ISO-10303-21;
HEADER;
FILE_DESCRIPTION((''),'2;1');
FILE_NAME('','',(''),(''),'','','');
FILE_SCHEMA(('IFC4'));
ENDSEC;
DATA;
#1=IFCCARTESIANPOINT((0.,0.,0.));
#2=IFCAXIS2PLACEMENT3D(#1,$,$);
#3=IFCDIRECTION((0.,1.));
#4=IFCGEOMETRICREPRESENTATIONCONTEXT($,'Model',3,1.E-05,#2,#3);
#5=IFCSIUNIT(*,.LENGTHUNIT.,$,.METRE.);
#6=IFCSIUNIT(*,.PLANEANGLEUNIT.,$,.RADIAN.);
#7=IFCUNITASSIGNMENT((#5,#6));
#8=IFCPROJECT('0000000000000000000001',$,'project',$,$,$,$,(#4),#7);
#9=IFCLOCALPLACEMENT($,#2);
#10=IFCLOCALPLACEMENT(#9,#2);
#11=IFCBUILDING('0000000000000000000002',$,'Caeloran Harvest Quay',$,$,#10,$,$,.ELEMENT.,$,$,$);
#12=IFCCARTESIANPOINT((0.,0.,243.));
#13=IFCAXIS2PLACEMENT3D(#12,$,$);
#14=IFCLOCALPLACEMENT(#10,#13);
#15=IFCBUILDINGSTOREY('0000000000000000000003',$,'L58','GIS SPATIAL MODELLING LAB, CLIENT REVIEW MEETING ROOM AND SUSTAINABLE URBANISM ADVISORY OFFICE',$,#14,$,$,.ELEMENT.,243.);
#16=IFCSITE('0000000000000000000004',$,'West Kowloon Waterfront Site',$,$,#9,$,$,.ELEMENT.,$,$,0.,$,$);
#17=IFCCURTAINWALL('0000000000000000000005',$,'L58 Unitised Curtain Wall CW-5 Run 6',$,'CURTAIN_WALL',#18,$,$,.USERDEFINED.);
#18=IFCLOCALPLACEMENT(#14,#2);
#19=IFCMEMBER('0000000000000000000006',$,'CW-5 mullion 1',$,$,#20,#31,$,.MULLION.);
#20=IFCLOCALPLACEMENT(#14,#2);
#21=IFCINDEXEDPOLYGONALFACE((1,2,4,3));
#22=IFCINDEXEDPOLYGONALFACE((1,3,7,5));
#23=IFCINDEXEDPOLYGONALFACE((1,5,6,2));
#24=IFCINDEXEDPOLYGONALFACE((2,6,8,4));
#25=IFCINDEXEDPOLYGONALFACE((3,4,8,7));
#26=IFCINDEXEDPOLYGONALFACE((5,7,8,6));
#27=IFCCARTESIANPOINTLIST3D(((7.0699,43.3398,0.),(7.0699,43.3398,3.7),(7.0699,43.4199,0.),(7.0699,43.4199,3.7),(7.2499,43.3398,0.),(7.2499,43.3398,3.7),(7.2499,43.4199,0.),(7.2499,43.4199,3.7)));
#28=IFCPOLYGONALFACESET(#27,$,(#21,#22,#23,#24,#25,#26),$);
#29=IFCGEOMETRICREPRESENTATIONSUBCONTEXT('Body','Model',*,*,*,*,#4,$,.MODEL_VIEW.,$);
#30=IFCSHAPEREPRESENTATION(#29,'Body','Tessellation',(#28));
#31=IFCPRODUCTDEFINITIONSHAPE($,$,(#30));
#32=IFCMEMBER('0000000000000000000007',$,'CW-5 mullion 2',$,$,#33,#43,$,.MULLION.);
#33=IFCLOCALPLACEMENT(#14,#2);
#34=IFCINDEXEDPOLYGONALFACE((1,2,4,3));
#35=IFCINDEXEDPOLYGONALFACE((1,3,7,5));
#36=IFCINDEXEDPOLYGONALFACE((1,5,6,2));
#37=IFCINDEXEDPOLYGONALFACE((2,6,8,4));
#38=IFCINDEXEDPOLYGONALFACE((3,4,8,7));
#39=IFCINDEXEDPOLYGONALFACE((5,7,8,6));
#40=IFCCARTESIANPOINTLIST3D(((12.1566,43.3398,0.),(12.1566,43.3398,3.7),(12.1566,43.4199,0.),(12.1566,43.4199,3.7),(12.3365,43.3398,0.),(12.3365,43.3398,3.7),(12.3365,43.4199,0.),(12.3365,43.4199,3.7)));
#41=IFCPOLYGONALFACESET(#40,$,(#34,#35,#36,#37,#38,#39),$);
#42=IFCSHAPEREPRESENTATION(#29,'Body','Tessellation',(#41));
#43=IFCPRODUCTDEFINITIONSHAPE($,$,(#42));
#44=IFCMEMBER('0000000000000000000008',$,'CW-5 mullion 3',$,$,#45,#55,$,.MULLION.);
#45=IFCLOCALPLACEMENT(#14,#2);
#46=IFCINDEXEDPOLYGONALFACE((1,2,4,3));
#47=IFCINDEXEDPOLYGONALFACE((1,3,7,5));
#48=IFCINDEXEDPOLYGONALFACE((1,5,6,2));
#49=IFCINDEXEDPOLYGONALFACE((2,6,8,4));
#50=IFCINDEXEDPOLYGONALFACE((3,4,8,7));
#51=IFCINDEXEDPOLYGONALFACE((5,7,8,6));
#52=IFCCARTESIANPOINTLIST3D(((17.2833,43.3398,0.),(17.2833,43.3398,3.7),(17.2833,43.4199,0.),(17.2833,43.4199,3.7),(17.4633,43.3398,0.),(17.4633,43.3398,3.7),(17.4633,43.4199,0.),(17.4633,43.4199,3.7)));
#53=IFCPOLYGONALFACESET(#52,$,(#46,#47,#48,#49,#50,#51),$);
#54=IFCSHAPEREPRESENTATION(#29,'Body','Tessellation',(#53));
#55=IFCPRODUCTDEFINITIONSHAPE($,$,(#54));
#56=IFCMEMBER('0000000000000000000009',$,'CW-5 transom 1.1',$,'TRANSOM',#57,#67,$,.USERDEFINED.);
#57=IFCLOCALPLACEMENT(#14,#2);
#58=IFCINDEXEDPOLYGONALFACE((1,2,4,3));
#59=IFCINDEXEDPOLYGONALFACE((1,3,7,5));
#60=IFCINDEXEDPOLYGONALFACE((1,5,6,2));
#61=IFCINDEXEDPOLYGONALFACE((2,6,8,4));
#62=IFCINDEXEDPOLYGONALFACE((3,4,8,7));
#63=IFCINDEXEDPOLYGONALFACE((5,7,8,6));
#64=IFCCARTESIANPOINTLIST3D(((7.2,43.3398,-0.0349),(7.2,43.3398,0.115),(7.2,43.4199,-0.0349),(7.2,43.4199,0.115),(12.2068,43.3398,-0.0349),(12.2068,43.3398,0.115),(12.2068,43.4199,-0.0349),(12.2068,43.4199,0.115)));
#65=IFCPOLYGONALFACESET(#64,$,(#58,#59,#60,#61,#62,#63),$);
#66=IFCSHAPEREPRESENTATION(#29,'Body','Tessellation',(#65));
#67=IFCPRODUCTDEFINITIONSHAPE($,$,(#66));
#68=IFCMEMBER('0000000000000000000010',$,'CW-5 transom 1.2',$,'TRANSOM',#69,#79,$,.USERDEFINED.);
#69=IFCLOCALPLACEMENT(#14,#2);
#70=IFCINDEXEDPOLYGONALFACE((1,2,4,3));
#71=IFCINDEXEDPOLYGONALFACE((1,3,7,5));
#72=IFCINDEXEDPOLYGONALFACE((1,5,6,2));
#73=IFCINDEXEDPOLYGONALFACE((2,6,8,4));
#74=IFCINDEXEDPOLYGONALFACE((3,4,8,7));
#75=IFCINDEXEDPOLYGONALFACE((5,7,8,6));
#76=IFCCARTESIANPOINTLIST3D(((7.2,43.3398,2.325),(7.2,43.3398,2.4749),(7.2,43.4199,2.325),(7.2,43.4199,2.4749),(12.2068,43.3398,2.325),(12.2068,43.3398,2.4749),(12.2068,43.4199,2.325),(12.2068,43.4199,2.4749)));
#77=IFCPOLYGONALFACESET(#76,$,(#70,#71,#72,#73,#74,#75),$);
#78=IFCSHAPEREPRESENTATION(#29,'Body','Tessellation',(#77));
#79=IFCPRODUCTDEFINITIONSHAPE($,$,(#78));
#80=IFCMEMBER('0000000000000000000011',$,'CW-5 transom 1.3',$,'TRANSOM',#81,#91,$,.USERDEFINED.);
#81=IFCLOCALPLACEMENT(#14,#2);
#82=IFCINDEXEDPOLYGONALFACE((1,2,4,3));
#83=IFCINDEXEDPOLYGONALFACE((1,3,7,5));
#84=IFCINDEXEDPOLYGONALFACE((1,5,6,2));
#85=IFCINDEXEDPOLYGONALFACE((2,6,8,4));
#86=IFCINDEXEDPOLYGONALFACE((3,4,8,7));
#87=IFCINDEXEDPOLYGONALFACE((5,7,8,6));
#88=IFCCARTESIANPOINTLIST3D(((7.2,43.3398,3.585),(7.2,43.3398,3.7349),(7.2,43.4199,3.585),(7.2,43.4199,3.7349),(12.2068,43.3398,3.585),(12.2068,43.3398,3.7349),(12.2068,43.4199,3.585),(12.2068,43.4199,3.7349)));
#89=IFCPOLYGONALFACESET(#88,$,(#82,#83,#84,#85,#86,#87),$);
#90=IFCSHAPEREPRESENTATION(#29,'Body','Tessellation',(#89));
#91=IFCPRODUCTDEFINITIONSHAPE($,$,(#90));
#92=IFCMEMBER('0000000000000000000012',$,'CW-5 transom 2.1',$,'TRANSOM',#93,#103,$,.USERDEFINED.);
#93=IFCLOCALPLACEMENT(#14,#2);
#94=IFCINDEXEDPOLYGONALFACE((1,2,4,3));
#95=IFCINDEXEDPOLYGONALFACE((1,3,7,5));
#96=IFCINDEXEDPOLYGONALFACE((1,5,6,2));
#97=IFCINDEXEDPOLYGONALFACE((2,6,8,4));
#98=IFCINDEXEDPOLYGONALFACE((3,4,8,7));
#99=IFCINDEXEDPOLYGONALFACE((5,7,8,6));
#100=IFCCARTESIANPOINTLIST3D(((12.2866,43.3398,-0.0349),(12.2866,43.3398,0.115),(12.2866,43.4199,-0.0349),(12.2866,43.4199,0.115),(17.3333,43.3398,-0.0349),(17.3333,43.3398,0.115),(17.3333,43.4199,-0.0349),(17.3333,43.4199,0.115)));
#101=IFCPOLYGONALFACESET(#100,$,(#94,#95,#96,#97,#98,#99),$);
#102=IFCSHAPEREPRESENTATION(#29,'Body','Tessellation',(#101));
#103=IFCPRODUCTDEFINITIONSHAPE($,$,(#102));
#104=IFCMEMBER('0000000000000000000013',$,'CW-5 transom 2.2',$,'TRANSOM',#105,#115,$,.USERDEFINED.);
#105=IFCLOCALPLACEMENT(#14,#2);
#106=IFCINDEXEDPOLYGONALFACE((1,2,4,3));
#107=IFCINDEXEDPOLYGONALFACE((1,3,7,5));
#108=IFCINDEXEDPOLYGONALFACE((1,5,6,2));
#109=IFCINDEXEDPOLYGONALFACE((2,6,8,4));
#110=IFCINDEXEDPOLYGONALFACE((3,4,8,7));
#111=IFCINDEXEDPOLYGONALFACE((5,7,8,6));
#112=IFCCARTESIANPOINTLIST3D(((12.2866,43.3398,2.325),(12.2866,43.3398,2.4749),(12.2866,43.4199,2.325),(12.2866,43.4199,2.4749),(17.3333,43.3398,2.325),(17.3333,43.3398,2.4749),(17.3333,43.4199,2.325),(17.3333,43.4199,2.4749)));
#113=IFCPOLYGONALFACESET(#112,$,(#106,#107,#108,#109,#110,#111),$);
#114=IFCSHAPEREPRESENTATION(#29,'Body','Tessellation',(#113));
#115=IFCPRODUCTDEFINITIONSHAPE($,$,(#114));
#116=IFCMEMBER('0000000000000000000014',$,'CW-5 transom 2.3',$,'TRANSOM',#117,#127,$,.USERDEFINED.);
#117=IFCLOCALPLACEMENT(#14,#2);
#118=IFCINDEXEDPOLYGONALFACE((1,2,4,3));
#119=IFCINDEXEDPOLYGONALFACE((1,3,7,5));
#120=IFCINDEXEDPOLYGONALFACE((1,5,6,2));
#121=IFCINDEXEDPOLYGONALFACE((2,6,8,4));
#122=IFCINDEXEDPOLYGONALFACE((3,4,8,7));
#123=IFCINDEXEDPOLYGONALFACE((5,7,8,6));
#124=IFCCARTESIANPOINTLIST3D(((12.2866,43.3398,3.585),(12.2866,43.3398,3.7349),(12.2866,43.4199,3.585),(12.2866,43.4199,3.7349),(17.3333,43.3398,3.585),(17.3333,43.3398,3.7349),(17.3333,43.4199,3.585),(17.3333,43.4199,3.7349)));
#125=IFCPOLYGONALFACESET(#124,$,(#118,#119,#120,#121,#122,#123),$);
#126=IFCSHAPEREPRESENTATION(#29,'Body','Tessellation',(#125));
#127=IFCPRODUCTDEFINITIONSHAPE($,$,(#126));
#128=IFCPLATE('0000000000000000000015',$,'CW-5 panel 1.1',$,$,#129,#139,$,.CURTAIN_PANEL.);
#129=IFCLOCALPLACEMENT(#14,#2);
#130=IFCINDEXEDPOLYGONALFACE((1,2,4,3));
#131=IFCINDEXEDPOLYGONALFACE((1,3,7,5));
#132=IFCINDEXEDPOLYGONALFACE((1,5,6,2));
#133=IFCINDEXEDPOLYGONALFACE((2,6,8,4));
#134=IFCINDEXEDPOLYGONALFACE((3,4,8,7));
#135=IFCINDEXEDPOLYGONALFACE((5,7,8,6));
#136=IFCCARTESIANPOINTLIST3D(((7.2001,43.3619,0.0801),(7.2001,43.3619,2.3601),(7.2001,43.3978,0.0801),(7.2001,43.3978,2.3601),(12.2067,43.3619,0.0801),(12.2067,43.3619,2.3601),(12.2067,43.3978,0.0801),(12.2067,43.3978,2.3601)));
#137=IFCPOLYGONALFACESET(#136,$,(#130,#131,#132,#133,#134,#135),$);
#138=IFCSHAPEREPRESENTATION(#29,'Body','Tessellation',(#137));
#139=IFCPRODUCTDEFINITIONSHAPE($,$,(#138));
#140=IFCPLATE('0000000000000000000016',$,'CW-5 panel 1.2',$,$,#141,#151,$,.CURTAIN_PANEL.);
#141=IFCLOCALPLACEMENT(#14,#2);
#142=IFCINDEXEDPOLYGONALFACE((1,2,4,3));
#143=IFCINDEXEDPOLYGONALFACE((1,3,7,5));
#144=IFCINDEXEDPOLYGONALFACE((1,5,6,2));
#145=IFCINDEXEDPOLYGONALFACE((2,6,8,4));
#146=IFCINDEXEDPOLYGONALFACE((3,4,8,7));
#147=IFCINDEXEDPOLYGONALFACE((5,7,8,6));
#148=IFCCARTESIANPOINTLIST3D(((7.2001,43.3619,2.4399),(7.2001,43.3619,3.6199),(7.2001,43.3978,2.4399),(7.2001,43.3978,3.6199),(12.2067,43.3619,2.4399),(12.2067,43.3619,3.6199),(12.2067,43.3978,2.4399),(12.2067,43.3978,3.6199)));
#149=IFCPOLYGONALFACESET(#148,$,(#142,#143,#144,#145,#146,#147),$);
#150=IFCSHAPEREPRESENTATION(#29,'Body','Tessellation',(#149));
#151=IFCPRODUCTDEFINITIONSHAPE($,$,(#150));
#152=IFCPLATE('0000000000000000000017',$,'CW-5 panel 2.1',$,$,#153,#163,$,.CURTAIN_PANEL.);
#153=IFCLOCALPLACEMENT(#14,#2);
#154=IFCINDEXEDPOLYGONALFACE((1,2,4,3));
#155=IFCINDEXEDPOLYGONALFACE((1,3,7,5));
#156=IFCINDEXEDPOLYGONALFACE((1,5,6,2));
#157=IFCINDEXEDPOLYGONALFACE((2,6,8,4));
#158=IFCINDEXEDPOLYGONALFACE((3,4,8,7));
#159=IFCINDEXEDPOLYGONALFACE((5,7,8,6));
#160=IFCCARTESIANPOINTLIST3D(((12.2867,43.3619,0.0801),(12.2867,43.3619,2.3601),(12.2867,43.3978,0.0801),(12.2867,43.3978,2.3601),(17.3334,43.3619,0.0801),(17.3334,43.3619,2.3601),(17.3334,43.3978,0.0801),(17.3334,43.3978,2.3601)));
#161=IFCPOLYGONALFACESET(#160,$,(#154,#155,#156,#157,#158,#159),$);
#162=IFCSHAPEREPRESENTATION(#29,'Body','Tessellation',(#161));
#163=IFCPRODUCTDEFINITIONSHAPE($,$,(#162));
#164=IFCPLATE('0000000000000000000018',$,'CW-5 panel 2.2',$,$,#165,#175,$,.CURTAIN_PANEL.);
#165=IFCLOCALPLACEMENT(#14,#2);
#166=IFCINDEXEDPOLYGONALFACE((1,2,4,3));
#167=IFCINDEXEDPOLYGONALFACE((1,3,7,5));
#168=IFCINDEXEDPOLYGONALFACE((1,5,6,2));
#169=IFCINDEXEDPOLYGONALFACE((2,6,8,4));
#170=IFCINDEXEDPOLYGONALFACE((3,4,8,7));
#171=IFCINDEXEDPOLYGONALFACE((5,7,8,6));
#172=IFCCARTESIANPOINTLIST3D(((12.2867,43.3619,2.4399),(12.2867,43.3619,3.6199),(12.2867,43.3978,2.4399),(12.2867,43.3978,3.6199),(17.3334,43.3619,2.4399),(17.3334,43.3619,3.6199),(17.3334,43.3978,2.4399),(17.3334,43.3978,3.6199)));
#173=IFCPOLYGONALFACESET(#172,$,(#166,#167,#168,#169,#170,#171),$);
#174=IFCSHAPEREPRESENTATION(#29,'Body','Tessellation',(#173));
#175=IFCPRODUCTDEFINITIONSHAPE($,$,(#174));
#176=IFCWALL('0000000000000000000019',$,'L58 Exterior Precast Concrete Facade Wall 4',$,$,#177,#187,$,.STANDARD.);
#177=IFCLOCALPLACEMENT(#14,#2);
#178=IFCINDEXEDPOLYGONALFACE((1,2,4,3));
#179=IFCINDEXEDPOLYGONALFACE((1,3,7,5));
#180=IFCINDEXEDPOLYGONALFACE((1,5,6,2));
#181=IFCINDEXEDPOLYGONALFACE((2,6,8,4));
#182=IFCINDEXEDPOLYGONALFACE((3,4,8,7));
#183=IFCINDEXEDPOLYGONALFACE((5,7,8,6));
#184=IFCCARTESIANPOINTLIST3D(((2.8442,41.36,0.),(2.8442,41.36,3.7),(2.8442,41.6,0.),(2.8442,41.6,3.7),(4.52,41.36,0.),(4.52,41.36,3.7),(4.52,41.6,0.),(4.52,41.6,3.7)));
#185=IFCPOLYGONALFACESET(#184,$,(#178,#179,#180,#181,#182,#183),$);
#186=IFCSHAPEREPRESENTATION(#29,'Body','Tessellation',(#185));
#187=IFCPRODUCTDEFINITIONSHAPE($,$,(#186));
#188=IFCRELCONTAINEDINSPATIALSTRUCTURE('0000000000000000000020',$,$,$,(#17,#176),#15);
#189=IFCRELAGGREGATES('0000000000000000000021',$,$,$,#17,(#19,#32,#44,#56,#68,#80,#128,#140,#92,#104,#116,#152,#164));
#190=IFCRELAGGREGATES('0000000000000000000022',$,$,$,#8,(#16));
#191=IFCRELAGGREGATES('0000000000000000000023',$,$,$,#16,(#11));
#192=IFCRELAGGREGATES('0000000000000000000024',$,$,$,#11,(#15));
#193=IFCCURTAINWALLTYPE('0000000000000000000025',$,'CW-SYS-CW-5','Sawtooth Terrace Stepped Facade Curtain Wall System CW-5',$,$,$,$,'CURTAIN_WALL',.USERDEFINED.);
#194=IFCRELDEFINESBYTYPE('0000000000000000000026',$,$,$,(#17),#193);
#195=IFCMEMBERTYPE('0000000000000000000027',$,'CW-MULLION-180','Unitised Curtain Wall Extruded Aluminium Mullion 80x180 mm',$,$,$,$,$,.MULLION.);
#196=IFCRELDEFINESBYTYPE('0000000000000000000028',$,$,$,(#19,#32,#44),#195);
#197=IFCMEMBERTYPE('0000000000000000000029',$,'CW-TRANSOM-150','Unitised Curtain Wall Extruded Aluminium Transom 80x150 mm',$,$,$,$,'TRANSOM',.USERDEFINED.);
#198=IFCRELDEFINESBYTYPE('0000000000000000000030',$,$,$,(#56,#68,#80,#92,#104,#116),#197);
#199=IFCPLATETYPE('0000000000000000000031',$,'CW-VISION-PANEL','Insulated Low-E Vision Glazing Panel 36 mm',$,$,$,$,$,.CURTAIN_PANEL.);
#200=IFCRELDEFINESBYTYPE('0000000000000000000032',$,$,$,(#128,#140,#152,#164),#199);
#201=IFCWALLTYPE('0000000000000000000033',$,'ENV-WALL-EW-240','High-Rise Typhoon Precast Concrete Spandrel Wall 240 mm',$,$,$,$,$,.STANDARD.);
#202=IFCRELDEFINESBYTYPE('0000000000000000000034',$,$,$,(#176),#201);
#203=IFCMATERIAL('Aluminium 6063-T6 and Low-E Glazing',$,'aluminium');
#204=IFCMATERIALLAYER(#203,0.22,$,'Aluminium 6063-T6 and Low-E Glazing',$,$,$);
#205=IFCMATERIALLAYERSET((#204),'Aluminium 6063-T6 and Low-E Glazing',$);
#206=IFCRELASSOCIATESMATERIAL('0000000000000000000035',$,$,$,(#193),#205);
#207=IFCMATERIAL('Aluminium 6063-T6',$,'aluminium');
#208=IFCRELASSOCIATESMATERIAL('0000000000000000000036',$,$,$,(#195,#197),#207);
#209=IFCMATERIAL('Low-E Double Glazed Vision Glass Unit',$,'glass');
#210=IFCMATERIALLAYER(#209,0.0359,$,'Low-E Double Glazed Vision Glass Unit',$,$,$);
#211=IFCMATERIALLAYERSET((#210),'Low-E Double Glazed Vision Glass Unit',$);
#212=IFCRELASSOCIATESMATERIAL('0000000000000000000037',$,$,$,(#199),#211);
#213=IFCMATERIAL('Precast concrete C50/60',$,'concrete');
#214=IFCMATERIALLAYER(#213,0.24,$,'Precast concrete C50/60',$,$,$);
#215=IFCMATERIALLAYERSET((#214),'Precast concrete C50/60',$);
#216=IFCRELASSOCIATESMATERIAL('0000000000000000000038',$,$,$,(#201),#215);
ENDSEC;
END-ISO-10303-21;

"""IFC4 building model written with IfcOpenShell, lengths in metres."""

from ifc_helpers import new_model, si_unit, direction, frame, frame_2d, origin, origin_2d, place, context, subcontext, project, spatial, rectangle, extrude, material, layer, layer_set, material_profile, profile_set, type_object, element, aggregate, save


model = new_model("IFC4")

# Units and contexts
model_context = context("Model", 3, precision=1e-05, world=origin(), true_north=direction((0.0, 1.0)))
body_context = subcontext(model_context, "Body", "Model", "MODEL_VIEW")
ifc_project = project(units=[si_unit("LENGTHUNIT", "METRE"), si_unit("PLANEANGLEUNIT", "RADIAN")], contexts=[model_context])

# Site, building, storey
site_placement = place(None, origin())
site = spatial("IfcSite", under=ifc_project, at=site_placement, Name="West Kowloon Waterfront Site", CompositionType="ELEMENT", RefElevation=0.0)
building_placement = place(site_placement, origin())
building = spatial("IfcBuilding", under=site, at=building_placement, Name="Caeloran Harvest Quay", CompositionType="ELEMENT")
storey_placement = place(building_placement, frame((0.0, 0.0, 243.0)))
storey = spatial("IfcBuildingStorey", under=building, at=storey_placement, Name="L58", Description="GIS SPATIAL MODELLING LAB, CLIENT REVIEW MEETING ROOM AND SUSTAINABLE URBANISM ADVISORY OFFICE", CompositionType="ELEMENT", Elevation=243.0)

# Curtain wall, members, plates
ifc_material_1 = material(Name="Aluminium 6063-T6 and Low-E Glazing", Category="aluminium")
ifc_layer_1 = layer(ifc_material_1, 0.22, Name="Aluminium 6063-T6 and Low-E Glazing")
ifc_layer_set_1 = layer_set([ifc_layer_1], Name="Aluminium 6063-T6 and Low-E Glazing")
curtain_wall_type = type_object("IfcCurtainWallType", Name="CW-SYS-CW-5", Description="Sawtooth Terrace Stepped Facade Curtain Wall System CW-5", ElementType="CURTAIN_WALL", PredefinedType="USERDEFINED", material=ifc_layer_set_1)
curtain_wall_placement = place(storey_placement, origin())
curtain_wall = element("IfcCurtainWall", 1, at=curtain_wall_placement, inside=storey, type_object=curtain_wall_type, Name="L58 Unitised Curtain Wall CW-5 Run 6", ObjectType="CURTAIN_WALL", PredefinedType="USERDEFINED")
ifc_material_2 = material(Name="Aluminium 6063-T6", Category="aluminium")
ifc_material_profile_1 = material_profile(ifc_material_2, rectangle(XDim=0.0801, YDim=0.1799, at=origin_2d()), Name="CW-MULLION-180")
ifc_profile_set_1 = profile_set([ifc_material_profile_1], Name="Aluminium 6063-T6")
member_type_1 = type_object("IfcMemberType", Name="CW-MULLION-180", Description="Unitised Curtain Wall Extruded Aluminium Mullion 80x180 mm", PredefinedType="MULLION", material=ifc_profile_set_1)
member_1_placement = place(storey_placement, frame((7.1599, 43.3799, 0.0), z_axis=(0.0, 0.0, 1.0), x_axis=(0.0, 1.0, 0.0)))
member_1 = element("IfcMember", 2, at=member_1_placement, type_object=member_type_1, Name="CW-5 mullion 1", PredefinedType="MULLION", context=body_context, shape_type="SweptSolid", body=[
    extrude(rectangle(XDim=0.0801, YDim=0.1799, at=origin_2d()), origin(), (0.0, 0.0, 1.0), 3.7),
])
member_2_placement = place(storey_placement, frame((12.2466, 43.3799, 0.0), z_axis=(0.0, 0.0, 1.0), x_axis=(0.0, 1.0, 0.0)))
member_2 = element("IfcMember", 3, at=member_2_placement, type_object=member_type_1, Name="CW-5 mullion 2", PredefinedType="MULLION", context=body_context, shape_type="SweptSolid", body=[
    extrude(rectangle(XDim=0.0801, YDim=0.1799, at=origin_2d()), origin(), (0.0, 0.0, 1.0), 3.7),
])
member_3_placement = place(storey_placement, frame((17.3733, 43.3799, 0.0), z_axis=(0.0, 0.0, 1.0), x_axis=(0.0, 1.0, 0.0)))
member_3 = element("IfcMember", 4, at=member_3_placement, type_object=member_type_1, Name="CW-5 mullion 3", PredefinedType="MULLION", context=body_context, shape_type="SweptSolid", body=[
    extrude(rectangle(XDim=0.0801, YDim=0.1799, at=origin_2d()), origin(), (0.0, 0.0, 1.0), 3.7),
])
ifc_material_profile_2 = material_profile(ifc_material_2, rectangle(XDim=0.0801, YDim=0.1499, at=origin_2d()), Name="CW-TRANSOM-150")
ifc_profile_set_2 = profile_set([ifc_material_profile_2], Name="Aluminium 6063-T6")
member_type_2 = type_object("IfcMemberType", Name="CW-TRANSOM-150", Description="Unitised Curtain Wall Extruded Aluminium Transom 80x150 mm", ElementType="TRANSOM", PredefinedType="USERDEFINED", material=ifc_profile_set_2)
member_4_placement = place(storey_placement, frame((7.2, 43.3799, 0.04), z_axis=(1.0, 0.0, 0.0), x_axis=(0.0, 1.0, 0.0)))
member_4 = element("IfcMember", 5, at=member_4_placement, type_object=member_type_2, Name="CW-5 transom 1.1", ObjectType="TRANSOM", PredefinedType="USERDEFINED", context=body_context, shape_type="SweptSolid", body=[
    extrude(rectangle(XDim=0.0801, YDim=0.1499, at=origin_2d()), origin(), (0.0, 0.0, 1.0), 5.0068),
])
member_5_placement = place(storey_placement, frame((7.2, 43.3799, 2.3999), z_axis=(1.0, 0.0, 0.0), x_axis=(0.0, 1.0, 0.0)))
member_5 = element("IfcMember", 6, at=member_5_placement, type_object=member_type_2, Name="CW-5 transom 1.2", ObjectType="TRANSOM", PredefinedType="USERDEFINED", context=body_context, shape_type="SweptSolid", body=[
    extrude(rectangle(XDim=0.0801, YDim=0.1499, at=origin_2d()), origin(), (0.0, 0.0, 1.0), 5.0068),
])
member_6_placement = place(storey_placement, frame((7.2, 43.3799, 3.6599), z_axis=(1.0, 0.0, 0.0), x_axis=(0.0, 1.0, 0.0)))
member_6 = element("IfcMember", 7, at=member_6_placement, type_object=member_type_2, Name="CW-5 transom 1.3", ObjectType="TRANSOM", PredefinedType="USERDEFINED", context=body_context, shape_type="SweptSolid", body=[
    extrude(rectangle(XDim=0.0801, YDim=0.1499, at=origin_2d()), origin(), (0.0, 0.0, 1.0), 5.0068),
])
member_7_placement = place(storey_placement, frame((12.2866, 43.3799, 0.04), z_axis=(1.0, 0.0, 0.0), x_axis=(0.0, 1.0, 0.0)))
member_7 = element("IfcMember", 8, at=member_7_placement, type_object=member_type_2, Name="CW-5 transom 2.1", ObjectType="TRANSOM", PredefinedType="USERDEFINED", context=body_context, shape_type="SweptSolid", body=[
    extrude(rectangle(XDim=0.0801, YDim=0.1499, at=origin_2d()), origin(), (0.0, 0.0, 1.0), 5.0466),
])
member_8_placement = place(storey_placement, frame((12.2866, 43.3799, 2.3999), z_axis=(1.0, 0.0, 0.0), x_axis=(0.0, 1.0, 0.0)))
member_8 = element("IfcMember", 9, at=member_8_placement, type_object=member_type_2, Name="CW-5 transom 2.2", ObjectType="TRANSOM", PredefinedType="USERDEFINED", context=body_context, shape_type="SweptSolid", body=[
    extrude(rectangle(XDim=0.0801, YDim=0.1499, at=origin_2d()), origin(), (0.0, 0.0, 1.0), 5.0466),
])
member_9_placement = place(storey_placement, frame((12.2866, 43.3799, 3.6599), z_axis=(1.0, 0.0, 0.0), x_axis=(0.0, 1.0, 0.0)))
member_9 = element("IfcMember", 10, at=member_9_placement, type_object=member_type_2, Name="CW-5 transom 2.3", ObjectType="TRANSOM", PredefinedType="USERDEFINED", context=body_context, shape_type="SweptSolid", body=[
    extrude(rectangle(XDim=0.0801, YDim=0.1499, at=origin_2d()), origin(), (0.0, 0.0, 1.0), 5.0466),
])
ifc_material_3 = material(Name="Low-E Double Glazed Vision Glass Unit", Category="glass")
ifc_layer_2 = layer(ifc_material_3, 0.0359, Name="Low-E Double Glazed Vision Glass Unit")
ifc_layer_set_2 = layer_set([ifc_layer_2], Name="Low-E Double Glazed Vision Glass Unit")
plate_type = type_object("IfcPlateType", Name="CW-VISION-PANEL", Description="Insulated Low-E Vision Glazing Panel 36 mm", PredefinedType="CURTAIN_PANEL", material=ifc_layer_set_2)
plate_1_placement = place(storey_placement, frame((9.7034, 43.3799, 0.0801), z_axis=(0.0, 0.0, 1.0), x_axis=(1.0, 0.0, 0.0)))
plate_1 = element("IfcPlate", 11, at=plate_1_placement, type_object=plate_type, Name="CW-5 panel 1.1", PredefinedType="CURTAIN_PANEL", context=body_context, shape_type="SweptSolid", body=[
    extrude(rectangle(XDim=5.0066, YDim=0.0359, at=origin_2d()), origin(), (0.0, 0.0, 1.0), 2.28),
])
plate_2_placement = place(storey_placement, frame((9.7034, 43.3799, 2.4399), z_axis=(0.0, 0.0, 1.0), x_axis=(1.0, 0.0, 0.0)))
plate_2 = element("IfcPlate", 12, at=plate_2_placement, type_object=plate_type, Name="CW-5 panel 1.2", PredefinedType="CURTAIN_PANEL", context=body_context, shape_type="SweptSolid", body=[
    extrude(rectangle(XDim=5.0066, YDim=0.0359, at=origin_2d()), origin(), (0.0, 0.0, 1.0), 1.1799),
])
plate_3_placement = place(storey_placement, frame((14.8101, 43.3799, 0.0801), z_axis=(0.0, 0.0, 1.0), x_axis=(1.0, 0.0, 0.0)))
plate_3 = element("IfcPlate", 13, at=plate_3_placement, type_object=plate_type, Name="CW-5 panel 2.1", PredefinedType="CURTAIN_PANEL", context=body_context, shape_type="SweptSolid", body=[
    extrude(rectangle(XDim=5.0466, YDim=0.0359, at=origin_2d()), origin(), (0.0, 0.0, 1.0), 2.28),
])
plate_4_placement = place(storey_placement, frame((14.8101, 43.3799, 2.4399), z_axis=(0.0, 0.0, 1.0), x_axis=(1.0, 0.0, 0.0)))
plate_4 = element("IfcPlate", 14, at=plate_4_placement, type_object=plate_type, Name="CW-5 panel 2.2", PredefinedType="CURTAIN_PANEL", context=body_context, shape_type="SweptSolid", body=[
    extrude(rectangle(XDim=5.0466, YDim=0.0359, at=origin_2d()), origin(), (0.0, 0.0, 1.0), 1.1799),
])
aggregate(curtain_wall, [member_1, member_2, member_3, member_4, member_5, member_6, plate_1, plate_2, member_7, member_8, member_9, plate_3, plate_4])

# Wall
ifc_material_4 = material(Name="Precast concrete C50/60", Category="concrete")
ifc_layer_3 = layer(ifc_material_4, 0.24, Name="Precast concrete C50/60")
ifc_layer_set_3 = layer_set([ifc_layer_3], Name="Precast concrete C50/60")
wall_type_1 = type_object("IfcWallType", Name="ENV-WALL-EW-240", Description="High-Rise Typhoon Precast Concrete Spandrel Wall 240 mm", PredefinedType="STANDARD", material=ifc_layer_set_3)
wall_1_placement = place(storey_placement, frame((2.8442, 41.48, 0.0), z_axis=(0.0, 0.0, 1.0), x_axis=(1.0, 0.0, 0.0)))
element("IfcWall", 15, at=wall_1_placement, inside=storey, type_object=wall_type_1, Name="L58 Exterior Precast Concrete Facade Wall 4", PredefinedType="STANDARD", context=body_context, shape_type="SweptSolid", body=[
    extrude(rectangle(XDim=1.6758, YDim=0.24, at=frame_2d((0.8379, 0.0))), origin(), (0.0, 0.0, 1.0), 3.7),
])

save(model, "model.ifc")
